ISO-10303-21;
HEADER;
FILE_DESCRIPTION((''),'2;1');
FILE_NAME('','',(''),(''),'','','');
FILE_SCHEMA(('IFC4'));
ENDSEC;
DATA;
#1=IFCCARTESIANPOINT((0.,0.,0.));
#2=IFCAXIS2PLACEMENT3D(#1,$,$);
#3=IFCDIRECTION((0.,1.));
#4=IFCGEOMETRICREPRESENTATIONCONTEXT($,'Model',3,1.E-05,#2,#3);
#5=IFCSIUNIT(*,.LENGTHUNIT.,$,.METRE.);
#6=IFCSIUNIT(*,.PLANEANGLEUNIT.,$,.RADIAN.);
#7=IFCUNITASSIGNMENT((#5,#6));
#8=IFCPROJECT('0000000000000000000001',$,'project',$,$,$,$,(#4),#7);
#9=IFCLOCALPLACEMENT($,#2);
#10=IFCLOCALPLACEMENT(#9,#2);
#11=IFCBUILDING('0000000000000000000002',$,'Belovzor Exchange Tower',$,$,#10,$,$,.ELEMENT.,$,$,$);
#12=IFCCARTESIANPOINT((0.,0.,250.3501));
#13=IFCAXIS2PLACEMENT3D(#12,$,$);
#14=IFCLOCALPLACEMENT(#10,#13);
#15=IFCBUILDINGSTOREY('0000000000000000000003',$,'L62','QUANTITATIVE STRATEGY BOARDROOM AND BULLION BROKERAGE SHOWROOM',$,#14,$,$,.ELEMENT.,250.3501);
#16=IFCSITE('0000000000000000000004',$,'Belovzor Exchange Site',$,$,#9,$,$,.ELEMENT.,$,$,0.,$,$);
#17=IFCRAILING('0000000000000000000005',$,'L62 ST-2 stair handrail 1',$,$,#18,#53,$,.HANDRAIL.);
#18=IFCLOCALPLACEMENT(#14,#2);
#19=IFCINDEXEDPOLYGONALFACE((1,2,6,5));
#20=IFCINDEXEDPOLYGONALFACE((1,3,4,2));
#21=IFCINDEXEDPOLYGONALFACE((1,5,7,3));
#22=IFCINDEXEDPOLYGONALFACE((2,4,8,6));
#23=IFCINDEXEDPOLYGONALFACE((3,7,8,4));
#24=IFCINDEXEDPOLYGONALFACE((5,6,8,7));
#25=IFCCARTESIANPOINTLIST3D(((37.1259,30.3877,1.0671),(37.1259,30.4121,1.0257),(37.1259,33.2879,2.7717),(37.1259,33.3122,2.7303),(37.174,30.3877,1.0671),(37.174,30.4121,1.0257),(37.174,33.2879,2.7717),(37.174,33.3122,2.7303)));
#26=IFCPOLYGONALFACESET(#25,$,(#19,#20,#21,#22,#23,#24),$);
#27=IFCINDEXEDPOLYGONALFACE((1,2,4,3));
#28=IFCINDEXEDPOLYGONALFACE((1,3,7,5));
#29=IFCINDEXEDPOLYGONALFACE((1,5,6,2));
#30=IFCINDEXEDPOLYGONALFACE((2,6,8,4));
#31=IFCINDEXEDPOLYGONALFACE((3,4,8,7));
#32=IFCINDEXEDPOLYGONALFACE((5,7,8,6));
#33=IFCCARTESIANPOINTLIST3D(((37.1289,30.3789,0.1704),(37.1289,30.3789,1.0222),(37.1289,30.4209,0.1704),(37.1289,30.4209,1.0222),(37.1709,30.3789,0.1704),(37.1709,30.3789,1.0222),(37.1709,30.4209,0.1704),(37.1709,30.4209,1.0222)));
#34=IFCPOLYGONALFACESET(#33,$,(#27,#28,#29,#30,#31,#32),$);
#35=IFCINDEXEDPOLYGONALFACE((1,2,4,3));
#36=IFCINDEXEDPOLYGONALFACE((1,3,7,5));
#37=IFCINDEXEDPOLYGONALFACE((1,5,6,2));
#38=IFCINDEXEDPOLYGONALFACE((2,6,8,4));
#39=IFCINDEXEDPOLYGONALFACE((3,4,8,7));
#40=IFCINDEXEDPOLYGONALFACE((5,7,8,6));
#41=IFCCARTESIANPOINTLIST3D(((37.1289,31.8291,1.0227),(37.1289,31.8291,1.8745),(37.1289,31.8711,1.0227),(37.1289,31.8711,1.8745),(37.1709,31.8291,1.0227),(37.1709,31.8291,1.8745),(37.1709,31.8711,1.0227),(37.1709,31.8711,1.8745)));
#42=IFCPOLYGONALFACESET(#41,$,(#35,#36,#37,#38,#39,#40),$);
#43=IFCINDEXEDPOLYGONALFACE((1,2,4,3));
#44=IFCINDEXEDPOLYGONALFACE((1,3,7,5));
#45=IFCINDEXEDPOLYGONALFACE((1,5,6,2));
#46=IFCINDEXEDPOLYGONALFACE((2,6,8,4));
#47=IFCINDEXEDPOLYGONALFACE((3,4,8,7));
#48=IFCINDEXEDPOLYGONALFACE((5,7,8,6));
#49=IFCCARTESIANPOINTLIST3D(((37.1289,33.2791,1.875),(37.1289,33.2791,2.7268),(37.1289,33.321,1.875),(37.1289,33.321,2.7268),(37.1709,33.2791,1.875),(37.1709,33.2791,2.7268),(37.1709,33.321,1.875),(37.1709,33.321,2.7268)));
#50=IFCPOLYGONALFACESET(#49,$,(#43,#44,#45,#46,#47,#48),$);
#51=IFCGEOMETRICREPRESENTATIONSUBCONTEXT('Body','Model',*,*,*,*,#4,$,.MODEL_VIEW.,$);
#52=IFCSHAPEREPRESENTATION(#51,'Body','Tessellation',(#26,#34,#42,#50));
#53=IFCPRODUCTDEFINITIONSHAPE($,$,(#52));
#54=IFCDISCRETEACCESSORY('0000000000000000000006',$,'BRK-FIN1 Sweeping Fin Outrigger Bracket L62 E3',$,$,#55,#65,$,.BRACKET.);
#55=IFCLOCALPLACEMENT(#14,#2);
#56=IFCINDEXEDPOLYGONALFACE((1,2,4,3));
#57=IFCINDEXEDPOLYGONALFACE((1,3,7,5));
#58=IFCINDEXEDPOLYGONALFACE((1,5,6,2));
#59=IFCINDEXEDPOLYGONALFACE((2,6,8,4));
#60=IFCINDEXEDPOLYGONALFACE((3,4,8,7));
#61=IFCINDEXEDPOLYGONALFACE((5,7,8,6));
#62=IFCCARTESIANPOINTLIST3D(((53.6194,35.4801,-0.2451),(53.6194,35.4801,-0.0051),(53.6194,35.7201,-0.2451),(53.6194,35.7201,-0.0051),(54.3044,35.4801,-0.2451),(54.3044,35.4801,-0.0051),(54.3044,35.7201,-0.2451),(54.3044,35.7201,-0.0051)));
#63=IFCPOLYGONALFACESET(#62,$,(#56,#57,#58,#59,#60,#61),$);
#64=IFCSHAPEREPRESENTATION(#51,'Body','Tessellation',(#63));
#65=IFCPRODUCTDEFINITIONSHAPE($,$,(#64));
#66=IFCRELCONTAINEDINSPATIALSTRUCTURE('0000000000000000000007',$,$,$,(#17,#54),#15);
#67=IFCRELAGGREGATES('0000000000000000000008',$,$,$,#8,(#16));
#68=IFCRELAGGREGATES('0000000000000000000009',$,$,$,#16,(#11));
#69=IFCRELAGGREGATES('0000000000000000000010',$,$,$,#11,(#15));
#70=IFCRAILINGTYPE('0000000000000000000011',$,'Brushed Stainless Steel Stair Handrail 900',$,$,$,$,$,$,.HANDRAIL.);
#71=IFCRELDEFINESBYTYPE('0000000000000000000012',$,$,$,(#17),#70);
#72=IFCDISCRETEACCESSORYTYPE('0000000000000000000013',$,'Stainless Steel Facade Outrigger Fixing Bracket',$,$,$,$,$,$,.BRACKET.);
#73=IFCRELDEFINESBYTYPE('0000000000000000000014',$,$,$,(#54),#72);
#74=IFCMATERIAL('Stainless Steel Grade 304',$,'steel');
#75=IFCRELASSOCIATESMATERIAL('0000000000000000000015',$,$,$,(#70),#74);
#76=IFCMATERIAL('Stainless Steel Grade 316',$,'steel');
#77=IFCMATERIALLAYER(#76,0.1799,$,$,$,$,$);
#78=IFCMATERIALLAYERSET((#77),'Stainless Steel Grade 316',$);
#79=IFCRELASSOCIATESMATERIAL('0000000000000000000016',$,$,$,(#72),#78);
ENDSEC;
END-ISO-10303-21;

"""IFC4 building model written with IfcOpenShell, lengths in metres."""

from ifc_helpers import new_model, si_unit, direction, frame, origin, origin_2d, place, context, subcontext, project, spatial, rectangle, extrude, material, layer, layer_set, type_object, element, save


model = new_model("IFC4")

# Units and contexts
model_context = context("Model", 3, precision=1e-05, world=origin(), true_north=direction((0.0, 1.0)))
body_context = subcontext(model_context, "Body", "Model", "MODEL_VIEW")
ifc_project = project(units=[si_unit("LENGTHUNIT", "METRE"), si_unit("PLANEANGLEUNIT", "RADIAN")], contexts=[model_context])

# Site, building, storey
site_placement = place(None, origin())
site = spatial("IfcSite", under=ifc_project, at=site_placement, Name="Belovzor Exchange Site", CompositionType="ELEMENT", RefElevation=0.0)
building_placement = place(site_placement, origin())
building = spatial("IfcBuilding", under=site, at=building_placement, Name="Belovzor Exchange Tower", CompositionType="ELEMENT")
storey_placement = place(building_placement, frame((0.0, 0.0, 250.3501)))
storey = spatial("IfcBuildingStorey", under=building, at=storey_placement, Name="L62", Description="QUANTITATIVE STRATEGY BOARDROOM AND BULLION BROKERAGE SHOWROOM", CompositionType="ELEMENT", Elevation=250.3501)

# Railing
ifc_material_1 = material(Name="Stainless Steel Grade 304", Category="steel")
railing_type = type_object("IfcRailingType", Name="Brushed Stainless Steel Stair Handrail 900", PredefinedType="HANDRAIL", material=ifc_material_1)
railing_placement = place(storey_placement, frame((37.1499, 30.3999, 0.1704)))
element("IfcRailing", 1, at=railing_placement, inside=storey, type_object=railing_type, Name="L62 ST-2 stair handrail 1", PredefinedType="HANDRAIL", context=body_context, shape_type="SweptSolid", body=[
    extrude(rectangle(XDim=0.0481, YDim=0.0481, at=origin_2d()), frame((0.0, 0.0, 0.876), z_axis=(0.0, 0.862113, 0.506716), x_axis=(-1.0, 0.0, 0.0)), (0.0, 0.0, 1.0), 3.364),
    extrude(rectangle(XDim=0.042, YDim=0.042, at=origin_2d()), origin(), (0.0, 0.0, 1.0), 0.8518),
    extrude(rectangle(XDim=0.042, YDim=0.042, at=origin_2d()), frame((0.0, 1.4502, 0.8523)), (0.0, 0.0, 1.0), 0.8518),
    extrude(rectangle(XDim=0.042, YDim=0.042, at=origin_2d()), frame((0.0, 2.9001, 1.7046)), (0.0, 0.0, 1.0), 0.8518),
])

# Discrete accessory
ifc_material_2 = material(Name="Stainless Steel Grade 316", Category="steel")
ifc_layer_1 = layer(ifc_material_2, 0.1799)
ifc_layer_set_1 = layer_set([ifc_layer_1], Name="Stainless Steel Grade 316")
discrete_accessory_type = type_object("IfcDiscreteAccessoryType", Name="Stainless Steel Facade Outrigger Fixing Bracket", PredefinedType="BRACKET", material=ifc_layer_set_1)
discrete_accessory_placement = place(storey_placement, frame((53.9619, 35.6001, -0.2451), z_axis=(0.0, 0.0, 1.0), x_axis=(1.0, 0.0, 0.0)))
element("IfcDiscreteAccessory", 2, at=discrete_accessory_placement, inside=storey, type_object=discrete_accessory_type, Name="BRK-FIN1 Sweeping Fin Outrigger Bracket L62 E3", PredefinedType="BRACKET", context=body_context, shape_type="SweptSolid", body=[
    extrude(rectangle(XDim=0.6851, YDim=0.24, at=origin_2d()), origin(), (0.0, 0.0, 1.0), 0.24),
])

save(model, "model.ifc")
